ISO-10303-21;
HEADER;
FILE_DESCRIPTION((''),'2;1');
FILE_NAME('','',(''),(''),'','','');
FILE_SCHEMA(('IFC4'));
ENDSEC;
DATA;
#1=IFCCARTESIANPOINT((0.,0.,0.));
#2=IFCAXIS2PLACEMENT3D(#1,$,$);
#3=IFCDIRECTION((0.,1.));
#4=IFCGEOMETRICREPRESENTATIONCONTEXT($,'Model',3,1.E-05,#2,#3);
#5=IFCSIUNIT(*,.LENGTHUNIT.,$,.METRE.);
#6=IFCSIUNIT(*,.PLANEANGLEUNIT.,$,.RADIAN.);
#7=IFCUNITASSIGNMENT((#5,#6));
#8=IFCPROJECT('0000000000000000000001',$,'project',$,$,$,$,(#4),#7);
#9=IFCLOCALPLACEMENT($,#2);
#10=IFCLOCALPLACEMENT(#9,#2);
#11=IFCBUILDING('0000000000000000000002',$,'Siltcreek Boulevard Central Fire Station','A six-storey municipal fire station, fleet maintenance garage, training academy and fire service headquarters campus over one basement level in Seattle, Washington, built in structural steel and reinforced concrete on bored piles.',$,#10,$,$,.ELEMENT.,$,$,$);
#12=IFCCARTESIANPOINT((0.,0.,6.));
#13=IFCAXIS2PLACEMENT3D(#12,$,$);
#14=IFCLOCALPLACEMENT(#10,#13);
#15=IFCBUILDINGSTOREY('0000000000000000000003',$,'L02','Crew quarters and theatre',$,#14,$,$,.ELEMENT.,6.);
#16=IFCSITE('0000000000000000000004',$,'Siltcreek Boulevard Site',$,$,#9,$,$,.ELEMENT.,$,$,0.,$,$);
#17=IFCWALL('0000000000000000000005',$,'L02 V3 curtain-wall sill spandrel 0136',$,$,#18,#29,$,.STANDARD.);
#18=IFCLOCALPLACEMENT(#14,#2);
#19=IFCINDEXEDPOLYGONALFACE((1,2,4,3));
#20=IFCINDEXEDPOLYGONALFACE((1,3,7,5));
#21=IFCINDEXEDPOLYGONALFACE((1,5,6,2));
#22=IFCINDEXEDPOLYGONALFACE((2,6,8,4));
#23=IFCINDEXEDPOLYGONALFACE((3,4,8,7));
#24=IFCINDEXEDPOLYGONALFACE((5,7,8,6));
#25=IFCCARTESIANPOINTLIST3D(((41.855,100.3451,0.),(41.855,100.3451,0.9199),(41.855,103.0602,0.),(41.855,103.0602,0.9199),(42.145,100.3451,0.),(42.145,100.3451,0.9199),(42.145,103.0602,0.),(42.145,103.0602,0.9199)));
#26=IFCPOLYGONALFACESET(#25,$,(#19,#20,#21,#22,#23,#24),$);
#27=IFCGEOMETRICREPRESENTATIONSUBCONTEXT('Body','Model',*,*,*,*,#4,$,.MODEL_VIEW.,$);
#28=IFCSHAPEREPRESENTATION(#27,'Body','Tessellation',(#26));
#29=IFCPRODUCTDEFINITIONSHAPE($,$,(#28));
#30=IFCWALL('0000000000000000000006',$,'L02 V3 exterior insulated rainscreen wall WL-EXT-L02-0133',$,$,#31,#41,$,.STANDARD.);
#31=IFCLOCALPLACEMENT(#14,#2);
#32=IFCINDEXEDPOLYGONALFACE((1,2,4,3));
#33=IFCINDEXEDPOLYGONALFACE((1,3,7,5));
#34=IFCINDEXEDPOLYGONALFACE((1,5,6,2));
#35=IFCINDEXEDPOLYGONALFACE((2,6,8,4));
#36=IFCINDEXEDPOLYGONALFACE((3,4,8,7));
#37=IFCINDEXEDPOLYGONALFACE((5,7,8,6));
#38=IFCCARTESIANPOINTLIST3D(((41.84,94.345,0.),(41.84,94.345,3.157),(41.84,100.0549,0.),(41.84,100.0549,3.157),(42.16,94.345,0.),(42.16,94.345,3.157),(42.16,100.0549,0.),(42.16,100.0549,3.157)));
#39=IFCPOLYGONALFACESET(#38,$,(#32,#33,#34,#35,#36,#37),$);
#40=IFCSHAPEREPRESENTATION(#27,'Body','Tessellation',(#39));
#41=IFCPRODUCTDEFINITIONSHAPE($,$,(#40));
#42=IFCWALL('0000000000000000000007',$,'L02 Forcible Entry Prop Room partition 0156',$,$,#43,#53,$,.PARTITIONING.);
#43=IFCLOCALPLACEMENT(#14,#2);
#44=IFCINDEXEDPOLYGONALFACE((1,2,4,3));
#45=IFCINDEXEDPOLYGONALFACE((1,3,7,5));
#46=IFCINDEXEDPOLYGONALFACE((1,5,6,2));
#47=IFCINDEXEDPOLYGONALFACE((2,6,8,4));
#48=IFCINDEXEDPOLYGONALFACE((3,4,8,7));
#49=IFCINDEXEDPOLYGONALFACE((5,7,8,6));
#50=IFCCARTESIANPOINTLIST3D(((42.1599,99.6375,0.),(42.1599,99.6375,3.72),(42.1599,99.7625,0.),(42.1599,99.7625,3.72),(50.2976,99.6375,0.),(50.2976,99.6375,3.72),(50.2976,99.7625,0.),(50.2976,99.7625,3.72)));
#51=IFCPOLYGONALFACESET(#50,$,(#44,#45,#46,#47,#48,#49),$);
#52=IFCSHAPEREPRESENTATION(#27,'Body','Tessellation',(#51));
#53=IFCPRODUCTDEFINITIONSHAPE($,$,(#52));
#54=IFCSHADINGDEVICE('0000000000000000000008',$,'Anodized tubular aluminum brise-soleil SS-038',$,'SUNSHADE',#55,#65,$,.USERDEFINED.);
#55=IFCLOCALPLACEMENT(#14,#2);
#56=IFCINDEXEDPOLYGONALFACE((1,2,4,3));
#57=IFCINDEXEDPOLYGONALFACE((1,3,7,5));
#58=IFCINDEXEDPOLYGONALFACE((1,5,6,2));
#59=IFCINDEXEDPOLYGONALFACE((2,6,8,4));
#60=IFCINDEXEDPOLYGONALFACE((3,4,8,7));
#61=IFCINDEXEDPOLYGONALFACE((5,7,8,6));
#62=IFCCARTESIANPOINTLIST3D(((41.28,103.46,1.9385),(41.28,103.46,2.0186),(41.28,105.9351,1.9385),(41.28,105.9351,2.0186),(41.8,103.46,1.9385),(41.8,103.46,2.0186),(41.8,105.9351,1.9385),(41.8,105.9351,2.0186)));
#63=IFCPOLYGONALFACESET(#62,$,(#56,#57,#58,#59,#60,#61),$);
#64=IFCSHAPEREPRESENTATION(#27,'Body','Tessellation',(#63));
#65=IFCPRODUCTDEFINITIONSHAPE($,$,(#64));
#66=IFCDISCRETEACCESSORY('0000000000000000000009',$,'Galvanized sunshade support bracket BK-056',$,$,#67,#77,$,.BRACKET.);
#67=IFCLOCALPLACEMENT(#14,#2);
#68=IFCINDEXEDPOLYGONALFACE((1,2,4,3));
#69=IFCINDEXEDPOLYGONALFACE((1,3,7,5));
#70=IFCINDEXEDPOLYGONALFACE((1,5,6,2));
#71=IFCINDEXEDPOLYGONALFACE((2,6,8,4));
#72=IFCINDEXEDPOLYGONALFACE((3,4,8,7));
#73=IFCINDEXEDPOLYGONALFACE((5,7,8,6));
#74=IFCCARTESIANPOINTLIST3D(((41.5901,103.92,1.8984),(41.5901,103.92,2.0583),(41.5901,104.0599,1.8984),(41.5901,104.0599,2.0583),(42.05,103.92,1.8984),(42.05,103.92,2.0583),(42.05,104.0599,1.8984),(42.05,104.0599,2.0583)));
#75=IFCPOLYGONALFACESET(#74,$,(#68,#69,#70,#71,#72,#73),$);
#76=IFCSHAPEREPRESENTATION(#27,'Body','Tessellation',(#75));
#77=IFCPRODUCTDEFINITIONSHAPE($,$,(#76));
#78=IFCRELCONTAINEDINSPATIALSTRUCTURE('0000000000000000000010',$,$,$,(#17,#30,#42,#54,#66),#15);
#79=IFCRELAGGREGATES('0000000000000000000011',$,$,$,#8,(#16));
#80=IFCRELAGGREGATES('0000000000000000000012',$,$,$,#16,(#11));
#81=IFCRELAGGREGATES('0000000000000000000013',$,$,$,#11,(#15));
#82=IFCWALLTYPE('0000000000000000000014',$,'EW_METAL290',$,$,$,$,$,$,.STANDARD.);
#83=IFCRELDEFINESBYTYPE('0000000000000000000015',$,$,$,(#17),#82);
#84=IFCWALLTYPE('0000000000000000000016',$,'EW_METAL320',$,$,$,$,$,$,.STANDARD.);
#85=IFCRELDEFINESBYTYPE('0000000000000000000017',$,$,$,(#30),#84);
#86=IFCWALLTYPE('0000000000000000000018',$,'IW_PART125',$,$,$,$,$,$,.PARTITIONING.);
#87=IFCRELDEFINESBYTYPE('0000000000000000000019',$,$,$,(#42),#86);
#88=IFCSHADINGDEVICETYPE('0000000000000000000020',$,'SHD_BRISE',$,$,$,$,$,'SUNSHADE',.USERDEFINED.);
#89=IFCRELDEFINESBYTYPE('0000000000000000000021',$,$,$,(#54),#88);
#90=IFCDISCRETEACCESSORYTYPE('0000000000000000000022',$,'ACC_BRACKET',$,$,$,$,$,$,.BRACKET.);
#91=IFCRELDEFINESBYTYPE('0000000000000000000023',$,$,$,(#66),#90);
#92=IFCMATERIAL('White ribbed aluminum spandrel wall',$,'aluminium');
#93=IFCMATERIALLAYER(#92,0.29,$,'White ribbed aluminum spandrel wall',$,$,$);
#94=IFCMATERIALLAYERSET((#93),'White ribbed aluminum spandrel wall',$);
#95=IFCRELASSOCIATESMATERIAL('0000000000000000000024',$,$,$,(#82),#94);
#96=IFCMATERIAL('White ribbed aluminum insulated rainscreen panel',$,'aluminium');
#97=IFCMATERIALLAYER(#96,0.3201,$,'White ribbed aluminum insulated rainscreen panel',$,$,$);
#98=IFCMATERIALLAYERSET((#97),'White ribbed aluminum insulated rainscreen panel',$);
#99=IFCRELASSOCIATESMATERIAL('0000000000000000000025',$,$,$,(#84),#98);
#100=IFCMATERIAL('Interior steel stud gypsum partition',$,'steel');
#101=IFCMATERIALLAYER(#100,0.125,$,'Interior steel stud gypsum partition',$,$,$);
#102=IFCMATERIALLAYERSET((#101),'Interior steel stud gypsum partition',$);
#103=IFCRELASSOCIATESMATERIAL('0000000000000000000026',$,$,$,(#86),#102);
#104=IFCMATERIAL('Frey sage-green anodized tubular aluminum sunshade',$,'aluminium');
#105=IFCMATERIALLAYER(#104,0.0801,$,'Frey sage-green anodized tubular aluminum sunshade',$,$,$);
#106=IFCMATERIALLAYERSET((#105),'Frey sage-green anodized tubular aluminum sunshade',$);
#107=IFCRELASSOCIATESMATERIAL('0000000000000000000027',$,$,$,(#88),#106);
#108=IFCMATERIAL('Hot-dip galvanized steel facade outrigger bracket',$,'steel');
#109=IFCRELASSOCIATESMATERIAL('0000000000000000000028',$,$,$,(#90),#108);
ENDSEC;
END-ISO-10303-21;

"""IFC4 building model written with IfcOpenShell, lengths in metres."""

from ifc_helpers import new_model, si_unit, direction, frame, frame_2d, origin, origin_2d, place, context, subcontext, project, spatial, rectangle, extrude, material, layer, layer_set, type_object, element, save


model = new_model("IFC4")

# Units and contexts
model_context = context("Model", 3, precision=1e-05, world=origin(), true_north=direction((0.0, 1.0)))
body_context = subcontext(model_context, "Body", "Model", "MODEL_VIEW")
ifc_project = project(units=[si_unit("LENGTHUNIT", "METRE"), si_unit("PLANEANGLEUNIT", "RADIAN")], contexts=[model_context])

# Site, building, storey
site_placement = place(None, origin())
site = spatial("IfcSite", under=ifc_project, at=site_placement, Name="Siltcreek Boulevard Site", CompositionType="ELEMENT", RefElevation=0.0)
building_placement = place(site_placement, origin())
building = spatial("IfcBuilding", under=site, at=building_placement, Name="Siltcreek Boulevard Central Fire Station", Description="A six-storey municipal fire station, fleet maintenance garage, training academy and fire service headquarters campus over one basement level in Seattle, Washington, built in structural steel and reinforced concrete on bored piles.", CompositionType="ELEMENT")
storey_placement = place(building_placement, frame((0.0, 0.0, 6.0)))
storey = spatial("IfcBuildingStorey", under=building, at=storey_placement, Name="L02", Description="Crew quarters and theatre", CompositionType="ELEMENT", Elevation=6.0)

# Walls
ifc_material_1 = material(Name="White ribbed aluminum spandrel wall", Category="aluminium")
ifc_layer_1 = layer(ifc_material_1, 0.29, Name="White ribbed aluminum spandrel wall")
ifc_layer_set_1 = layer_set([ifc_layer_1], Name="White ribbed aluminum spandrel wall")
wall_type_1 = type_object("IfcWallType", Name="EW_METAL290", PredefinedType="STANDARD", material=ifc_layer_set_1)
wall_1_placement = place(storey_placement, frame((42.0, 103.0601, 0.0), z_axis=(0.0, 0.0, 1.0), x_axis=(0.0, -1.0, 0.0)))
element("IfcWall", 1, at=wall_1_placement, inside=storey, type_object=wall_type_1, Name="L02 V3 curtain-wall sill spandrel 0136", PredefinedType="STANDARD", context=body_context, shape_type="SweptSolid", body=[
    extrude(rectangle(XDim=2.7151, YDim=0.29, at=frame_2d((1.3574, 0.0))), origin(), (0.0, 0.0, 1.0), 0.9199),
])
ifc_material_2 = material(Name="White ribbed aluminum insulated rainscreen panel", Category="aluminium")
ifc_layer_2 = layer(ifc_material_2, 0.3201, Name="White ribbed aluminum insulated rainscreen panel")
ifc_layer_set_2 = layer_set([ifc_layer_2], Name="White ribbed aluminum insulated rainscreen panel")
wall_type_2 = type_object("IfcWallType", Name="EW_METAL320", PredefinedType="STANDARD", material=ifc_layer_set_2)
wall_2_placement = place(storey_placement, frame((42.0, 100.0549, 0.0), z_axis=(0.0, 0.0, 1.0), x_axis=(0.0, -1.0, 0.0)))
element("IfcWall", 2, at=wall_2_placement, inside=storey, type_object=wall_type_2, Name="L02 V3 exterior insulated rainscreen wall WL-EXT-L02-0133", PredefinedType="STANDARD", context=body_context, shape_type="SweptSolid", body=[
    extrude(rectangle(XDim=5.71, YDim=0.3201, at=frame_2d((2.855, 0.0))), origin(), (0.0, 0.0, 1.0), 3.157),
])
ifc_material_3 = material(Name="Interior steel stud gypsum partition", Category="steel")
ifc_layer_3 = layer(ifc_material_3, 0.125, Name="Interior steel stud gypsum partition")
ifc_layer_set_3 = layer_set([ifc_layer_3], Name="Interior steel stud gypsum partition")
wall_type_3 = type_object("IfcWallType", Name="IW_PART125", PredefinedType="PARTITIONING", material=ifc_layer_set_3)
wall_3_placement = place(storey_placement, frame((50.2976, 99.7, 0.0), z_axis=(0.0, 0.0, 1.0), x_axis=(-1.0, 0.0, 0.0)))
element("IfcWall", 3, at=wall_3_placement, inside=storey, type_object=wall_type_3, Name="L02 Forcible Entry Prop Room partition 0156", PredefinedType="PARTITIONING", context=body_context, shape_type="SweptSolid", body=[
    extrude(rectangle(XDim=8.1377, YDim=0.125, at=frame_2d((4.0688, 0.0))), origin(), (0.0, 0.0, 1.0), 3.72),
])

# Shading device
ifc_material_4 = material(Name="Frey sage-green anodized tubular aluminum sunshade", Category="aluminium")
ifc_layer_4 = layer(ifc_material_4, 0.0801, Name="Frey sage-green anodized tubular aluminum sunshade")
ifc_layer_set_4 = layer_set([ifc_layer_4], Name="Frey sage-green anodized tubular aluminum sunshade")
shading_device_type = type_object("IfcShadingDeviceType", Name="SHD_BRISE", ElementType="SUNSHADE", PredefinedType="USERDEFINED", material=ifc_layer_set_4)
shading_device_placement = place(storey_placement, frame((41.54, 104.6975, 1.9385), z_axis=(0.0, 0.0, 1.0), x_axis=(0.0, -1.0, 0.0)))
element("IfcShadingDevice", 4, at=shading_device_placement, inside=storey, type_object=shading_device_type, Name="Anodized tubular aluminum brise-soleil SS-038", ObjectType="SUNSHADE", PredefinedType="USERDEFINED", context=body_context, shape_type="SweptSolid", body=[
    extrude(rectangle(XDim=2.4751, YDim=0.52, at=origin_2d()), origin(), (0.0, 0.0, 1.0), 0.0801),
])

# Discrete accessory
ifc_material_5 = material(Name="Hot-dip galvanized steel facade outrigger bracket", Category="steel")
discrete_accessory_type = type_object("IfcDiscreteAccessoryType", Name="ACC_BRACKET", PredefinedType="BRACKET", material=ifc_material_5)
discrete_accessory_placement = place(storey_placement, frame((41.8201, 103.99, 1.8984), z_axis=(0.0, 0.0, 1.0), x_axis=(0.0, -1.0, 0.0)))
element("IfcDiscreteAccessory", 5, at=discrete_accessory_placement, inside=storey, type_object=discrete_accessory_type, Name="Galvanized sunshade support bracket BK-056", PredefinedType="BRACKET", context=body_context, shape_type="SweptSolid", body=[
    extrude(rectangle(XDim=0.1399, YDim=0.46, at=origin_2d()), origin(), (0.0, 0.0, 1.0), 0.1599),
])

save(model, "model.ifc")
